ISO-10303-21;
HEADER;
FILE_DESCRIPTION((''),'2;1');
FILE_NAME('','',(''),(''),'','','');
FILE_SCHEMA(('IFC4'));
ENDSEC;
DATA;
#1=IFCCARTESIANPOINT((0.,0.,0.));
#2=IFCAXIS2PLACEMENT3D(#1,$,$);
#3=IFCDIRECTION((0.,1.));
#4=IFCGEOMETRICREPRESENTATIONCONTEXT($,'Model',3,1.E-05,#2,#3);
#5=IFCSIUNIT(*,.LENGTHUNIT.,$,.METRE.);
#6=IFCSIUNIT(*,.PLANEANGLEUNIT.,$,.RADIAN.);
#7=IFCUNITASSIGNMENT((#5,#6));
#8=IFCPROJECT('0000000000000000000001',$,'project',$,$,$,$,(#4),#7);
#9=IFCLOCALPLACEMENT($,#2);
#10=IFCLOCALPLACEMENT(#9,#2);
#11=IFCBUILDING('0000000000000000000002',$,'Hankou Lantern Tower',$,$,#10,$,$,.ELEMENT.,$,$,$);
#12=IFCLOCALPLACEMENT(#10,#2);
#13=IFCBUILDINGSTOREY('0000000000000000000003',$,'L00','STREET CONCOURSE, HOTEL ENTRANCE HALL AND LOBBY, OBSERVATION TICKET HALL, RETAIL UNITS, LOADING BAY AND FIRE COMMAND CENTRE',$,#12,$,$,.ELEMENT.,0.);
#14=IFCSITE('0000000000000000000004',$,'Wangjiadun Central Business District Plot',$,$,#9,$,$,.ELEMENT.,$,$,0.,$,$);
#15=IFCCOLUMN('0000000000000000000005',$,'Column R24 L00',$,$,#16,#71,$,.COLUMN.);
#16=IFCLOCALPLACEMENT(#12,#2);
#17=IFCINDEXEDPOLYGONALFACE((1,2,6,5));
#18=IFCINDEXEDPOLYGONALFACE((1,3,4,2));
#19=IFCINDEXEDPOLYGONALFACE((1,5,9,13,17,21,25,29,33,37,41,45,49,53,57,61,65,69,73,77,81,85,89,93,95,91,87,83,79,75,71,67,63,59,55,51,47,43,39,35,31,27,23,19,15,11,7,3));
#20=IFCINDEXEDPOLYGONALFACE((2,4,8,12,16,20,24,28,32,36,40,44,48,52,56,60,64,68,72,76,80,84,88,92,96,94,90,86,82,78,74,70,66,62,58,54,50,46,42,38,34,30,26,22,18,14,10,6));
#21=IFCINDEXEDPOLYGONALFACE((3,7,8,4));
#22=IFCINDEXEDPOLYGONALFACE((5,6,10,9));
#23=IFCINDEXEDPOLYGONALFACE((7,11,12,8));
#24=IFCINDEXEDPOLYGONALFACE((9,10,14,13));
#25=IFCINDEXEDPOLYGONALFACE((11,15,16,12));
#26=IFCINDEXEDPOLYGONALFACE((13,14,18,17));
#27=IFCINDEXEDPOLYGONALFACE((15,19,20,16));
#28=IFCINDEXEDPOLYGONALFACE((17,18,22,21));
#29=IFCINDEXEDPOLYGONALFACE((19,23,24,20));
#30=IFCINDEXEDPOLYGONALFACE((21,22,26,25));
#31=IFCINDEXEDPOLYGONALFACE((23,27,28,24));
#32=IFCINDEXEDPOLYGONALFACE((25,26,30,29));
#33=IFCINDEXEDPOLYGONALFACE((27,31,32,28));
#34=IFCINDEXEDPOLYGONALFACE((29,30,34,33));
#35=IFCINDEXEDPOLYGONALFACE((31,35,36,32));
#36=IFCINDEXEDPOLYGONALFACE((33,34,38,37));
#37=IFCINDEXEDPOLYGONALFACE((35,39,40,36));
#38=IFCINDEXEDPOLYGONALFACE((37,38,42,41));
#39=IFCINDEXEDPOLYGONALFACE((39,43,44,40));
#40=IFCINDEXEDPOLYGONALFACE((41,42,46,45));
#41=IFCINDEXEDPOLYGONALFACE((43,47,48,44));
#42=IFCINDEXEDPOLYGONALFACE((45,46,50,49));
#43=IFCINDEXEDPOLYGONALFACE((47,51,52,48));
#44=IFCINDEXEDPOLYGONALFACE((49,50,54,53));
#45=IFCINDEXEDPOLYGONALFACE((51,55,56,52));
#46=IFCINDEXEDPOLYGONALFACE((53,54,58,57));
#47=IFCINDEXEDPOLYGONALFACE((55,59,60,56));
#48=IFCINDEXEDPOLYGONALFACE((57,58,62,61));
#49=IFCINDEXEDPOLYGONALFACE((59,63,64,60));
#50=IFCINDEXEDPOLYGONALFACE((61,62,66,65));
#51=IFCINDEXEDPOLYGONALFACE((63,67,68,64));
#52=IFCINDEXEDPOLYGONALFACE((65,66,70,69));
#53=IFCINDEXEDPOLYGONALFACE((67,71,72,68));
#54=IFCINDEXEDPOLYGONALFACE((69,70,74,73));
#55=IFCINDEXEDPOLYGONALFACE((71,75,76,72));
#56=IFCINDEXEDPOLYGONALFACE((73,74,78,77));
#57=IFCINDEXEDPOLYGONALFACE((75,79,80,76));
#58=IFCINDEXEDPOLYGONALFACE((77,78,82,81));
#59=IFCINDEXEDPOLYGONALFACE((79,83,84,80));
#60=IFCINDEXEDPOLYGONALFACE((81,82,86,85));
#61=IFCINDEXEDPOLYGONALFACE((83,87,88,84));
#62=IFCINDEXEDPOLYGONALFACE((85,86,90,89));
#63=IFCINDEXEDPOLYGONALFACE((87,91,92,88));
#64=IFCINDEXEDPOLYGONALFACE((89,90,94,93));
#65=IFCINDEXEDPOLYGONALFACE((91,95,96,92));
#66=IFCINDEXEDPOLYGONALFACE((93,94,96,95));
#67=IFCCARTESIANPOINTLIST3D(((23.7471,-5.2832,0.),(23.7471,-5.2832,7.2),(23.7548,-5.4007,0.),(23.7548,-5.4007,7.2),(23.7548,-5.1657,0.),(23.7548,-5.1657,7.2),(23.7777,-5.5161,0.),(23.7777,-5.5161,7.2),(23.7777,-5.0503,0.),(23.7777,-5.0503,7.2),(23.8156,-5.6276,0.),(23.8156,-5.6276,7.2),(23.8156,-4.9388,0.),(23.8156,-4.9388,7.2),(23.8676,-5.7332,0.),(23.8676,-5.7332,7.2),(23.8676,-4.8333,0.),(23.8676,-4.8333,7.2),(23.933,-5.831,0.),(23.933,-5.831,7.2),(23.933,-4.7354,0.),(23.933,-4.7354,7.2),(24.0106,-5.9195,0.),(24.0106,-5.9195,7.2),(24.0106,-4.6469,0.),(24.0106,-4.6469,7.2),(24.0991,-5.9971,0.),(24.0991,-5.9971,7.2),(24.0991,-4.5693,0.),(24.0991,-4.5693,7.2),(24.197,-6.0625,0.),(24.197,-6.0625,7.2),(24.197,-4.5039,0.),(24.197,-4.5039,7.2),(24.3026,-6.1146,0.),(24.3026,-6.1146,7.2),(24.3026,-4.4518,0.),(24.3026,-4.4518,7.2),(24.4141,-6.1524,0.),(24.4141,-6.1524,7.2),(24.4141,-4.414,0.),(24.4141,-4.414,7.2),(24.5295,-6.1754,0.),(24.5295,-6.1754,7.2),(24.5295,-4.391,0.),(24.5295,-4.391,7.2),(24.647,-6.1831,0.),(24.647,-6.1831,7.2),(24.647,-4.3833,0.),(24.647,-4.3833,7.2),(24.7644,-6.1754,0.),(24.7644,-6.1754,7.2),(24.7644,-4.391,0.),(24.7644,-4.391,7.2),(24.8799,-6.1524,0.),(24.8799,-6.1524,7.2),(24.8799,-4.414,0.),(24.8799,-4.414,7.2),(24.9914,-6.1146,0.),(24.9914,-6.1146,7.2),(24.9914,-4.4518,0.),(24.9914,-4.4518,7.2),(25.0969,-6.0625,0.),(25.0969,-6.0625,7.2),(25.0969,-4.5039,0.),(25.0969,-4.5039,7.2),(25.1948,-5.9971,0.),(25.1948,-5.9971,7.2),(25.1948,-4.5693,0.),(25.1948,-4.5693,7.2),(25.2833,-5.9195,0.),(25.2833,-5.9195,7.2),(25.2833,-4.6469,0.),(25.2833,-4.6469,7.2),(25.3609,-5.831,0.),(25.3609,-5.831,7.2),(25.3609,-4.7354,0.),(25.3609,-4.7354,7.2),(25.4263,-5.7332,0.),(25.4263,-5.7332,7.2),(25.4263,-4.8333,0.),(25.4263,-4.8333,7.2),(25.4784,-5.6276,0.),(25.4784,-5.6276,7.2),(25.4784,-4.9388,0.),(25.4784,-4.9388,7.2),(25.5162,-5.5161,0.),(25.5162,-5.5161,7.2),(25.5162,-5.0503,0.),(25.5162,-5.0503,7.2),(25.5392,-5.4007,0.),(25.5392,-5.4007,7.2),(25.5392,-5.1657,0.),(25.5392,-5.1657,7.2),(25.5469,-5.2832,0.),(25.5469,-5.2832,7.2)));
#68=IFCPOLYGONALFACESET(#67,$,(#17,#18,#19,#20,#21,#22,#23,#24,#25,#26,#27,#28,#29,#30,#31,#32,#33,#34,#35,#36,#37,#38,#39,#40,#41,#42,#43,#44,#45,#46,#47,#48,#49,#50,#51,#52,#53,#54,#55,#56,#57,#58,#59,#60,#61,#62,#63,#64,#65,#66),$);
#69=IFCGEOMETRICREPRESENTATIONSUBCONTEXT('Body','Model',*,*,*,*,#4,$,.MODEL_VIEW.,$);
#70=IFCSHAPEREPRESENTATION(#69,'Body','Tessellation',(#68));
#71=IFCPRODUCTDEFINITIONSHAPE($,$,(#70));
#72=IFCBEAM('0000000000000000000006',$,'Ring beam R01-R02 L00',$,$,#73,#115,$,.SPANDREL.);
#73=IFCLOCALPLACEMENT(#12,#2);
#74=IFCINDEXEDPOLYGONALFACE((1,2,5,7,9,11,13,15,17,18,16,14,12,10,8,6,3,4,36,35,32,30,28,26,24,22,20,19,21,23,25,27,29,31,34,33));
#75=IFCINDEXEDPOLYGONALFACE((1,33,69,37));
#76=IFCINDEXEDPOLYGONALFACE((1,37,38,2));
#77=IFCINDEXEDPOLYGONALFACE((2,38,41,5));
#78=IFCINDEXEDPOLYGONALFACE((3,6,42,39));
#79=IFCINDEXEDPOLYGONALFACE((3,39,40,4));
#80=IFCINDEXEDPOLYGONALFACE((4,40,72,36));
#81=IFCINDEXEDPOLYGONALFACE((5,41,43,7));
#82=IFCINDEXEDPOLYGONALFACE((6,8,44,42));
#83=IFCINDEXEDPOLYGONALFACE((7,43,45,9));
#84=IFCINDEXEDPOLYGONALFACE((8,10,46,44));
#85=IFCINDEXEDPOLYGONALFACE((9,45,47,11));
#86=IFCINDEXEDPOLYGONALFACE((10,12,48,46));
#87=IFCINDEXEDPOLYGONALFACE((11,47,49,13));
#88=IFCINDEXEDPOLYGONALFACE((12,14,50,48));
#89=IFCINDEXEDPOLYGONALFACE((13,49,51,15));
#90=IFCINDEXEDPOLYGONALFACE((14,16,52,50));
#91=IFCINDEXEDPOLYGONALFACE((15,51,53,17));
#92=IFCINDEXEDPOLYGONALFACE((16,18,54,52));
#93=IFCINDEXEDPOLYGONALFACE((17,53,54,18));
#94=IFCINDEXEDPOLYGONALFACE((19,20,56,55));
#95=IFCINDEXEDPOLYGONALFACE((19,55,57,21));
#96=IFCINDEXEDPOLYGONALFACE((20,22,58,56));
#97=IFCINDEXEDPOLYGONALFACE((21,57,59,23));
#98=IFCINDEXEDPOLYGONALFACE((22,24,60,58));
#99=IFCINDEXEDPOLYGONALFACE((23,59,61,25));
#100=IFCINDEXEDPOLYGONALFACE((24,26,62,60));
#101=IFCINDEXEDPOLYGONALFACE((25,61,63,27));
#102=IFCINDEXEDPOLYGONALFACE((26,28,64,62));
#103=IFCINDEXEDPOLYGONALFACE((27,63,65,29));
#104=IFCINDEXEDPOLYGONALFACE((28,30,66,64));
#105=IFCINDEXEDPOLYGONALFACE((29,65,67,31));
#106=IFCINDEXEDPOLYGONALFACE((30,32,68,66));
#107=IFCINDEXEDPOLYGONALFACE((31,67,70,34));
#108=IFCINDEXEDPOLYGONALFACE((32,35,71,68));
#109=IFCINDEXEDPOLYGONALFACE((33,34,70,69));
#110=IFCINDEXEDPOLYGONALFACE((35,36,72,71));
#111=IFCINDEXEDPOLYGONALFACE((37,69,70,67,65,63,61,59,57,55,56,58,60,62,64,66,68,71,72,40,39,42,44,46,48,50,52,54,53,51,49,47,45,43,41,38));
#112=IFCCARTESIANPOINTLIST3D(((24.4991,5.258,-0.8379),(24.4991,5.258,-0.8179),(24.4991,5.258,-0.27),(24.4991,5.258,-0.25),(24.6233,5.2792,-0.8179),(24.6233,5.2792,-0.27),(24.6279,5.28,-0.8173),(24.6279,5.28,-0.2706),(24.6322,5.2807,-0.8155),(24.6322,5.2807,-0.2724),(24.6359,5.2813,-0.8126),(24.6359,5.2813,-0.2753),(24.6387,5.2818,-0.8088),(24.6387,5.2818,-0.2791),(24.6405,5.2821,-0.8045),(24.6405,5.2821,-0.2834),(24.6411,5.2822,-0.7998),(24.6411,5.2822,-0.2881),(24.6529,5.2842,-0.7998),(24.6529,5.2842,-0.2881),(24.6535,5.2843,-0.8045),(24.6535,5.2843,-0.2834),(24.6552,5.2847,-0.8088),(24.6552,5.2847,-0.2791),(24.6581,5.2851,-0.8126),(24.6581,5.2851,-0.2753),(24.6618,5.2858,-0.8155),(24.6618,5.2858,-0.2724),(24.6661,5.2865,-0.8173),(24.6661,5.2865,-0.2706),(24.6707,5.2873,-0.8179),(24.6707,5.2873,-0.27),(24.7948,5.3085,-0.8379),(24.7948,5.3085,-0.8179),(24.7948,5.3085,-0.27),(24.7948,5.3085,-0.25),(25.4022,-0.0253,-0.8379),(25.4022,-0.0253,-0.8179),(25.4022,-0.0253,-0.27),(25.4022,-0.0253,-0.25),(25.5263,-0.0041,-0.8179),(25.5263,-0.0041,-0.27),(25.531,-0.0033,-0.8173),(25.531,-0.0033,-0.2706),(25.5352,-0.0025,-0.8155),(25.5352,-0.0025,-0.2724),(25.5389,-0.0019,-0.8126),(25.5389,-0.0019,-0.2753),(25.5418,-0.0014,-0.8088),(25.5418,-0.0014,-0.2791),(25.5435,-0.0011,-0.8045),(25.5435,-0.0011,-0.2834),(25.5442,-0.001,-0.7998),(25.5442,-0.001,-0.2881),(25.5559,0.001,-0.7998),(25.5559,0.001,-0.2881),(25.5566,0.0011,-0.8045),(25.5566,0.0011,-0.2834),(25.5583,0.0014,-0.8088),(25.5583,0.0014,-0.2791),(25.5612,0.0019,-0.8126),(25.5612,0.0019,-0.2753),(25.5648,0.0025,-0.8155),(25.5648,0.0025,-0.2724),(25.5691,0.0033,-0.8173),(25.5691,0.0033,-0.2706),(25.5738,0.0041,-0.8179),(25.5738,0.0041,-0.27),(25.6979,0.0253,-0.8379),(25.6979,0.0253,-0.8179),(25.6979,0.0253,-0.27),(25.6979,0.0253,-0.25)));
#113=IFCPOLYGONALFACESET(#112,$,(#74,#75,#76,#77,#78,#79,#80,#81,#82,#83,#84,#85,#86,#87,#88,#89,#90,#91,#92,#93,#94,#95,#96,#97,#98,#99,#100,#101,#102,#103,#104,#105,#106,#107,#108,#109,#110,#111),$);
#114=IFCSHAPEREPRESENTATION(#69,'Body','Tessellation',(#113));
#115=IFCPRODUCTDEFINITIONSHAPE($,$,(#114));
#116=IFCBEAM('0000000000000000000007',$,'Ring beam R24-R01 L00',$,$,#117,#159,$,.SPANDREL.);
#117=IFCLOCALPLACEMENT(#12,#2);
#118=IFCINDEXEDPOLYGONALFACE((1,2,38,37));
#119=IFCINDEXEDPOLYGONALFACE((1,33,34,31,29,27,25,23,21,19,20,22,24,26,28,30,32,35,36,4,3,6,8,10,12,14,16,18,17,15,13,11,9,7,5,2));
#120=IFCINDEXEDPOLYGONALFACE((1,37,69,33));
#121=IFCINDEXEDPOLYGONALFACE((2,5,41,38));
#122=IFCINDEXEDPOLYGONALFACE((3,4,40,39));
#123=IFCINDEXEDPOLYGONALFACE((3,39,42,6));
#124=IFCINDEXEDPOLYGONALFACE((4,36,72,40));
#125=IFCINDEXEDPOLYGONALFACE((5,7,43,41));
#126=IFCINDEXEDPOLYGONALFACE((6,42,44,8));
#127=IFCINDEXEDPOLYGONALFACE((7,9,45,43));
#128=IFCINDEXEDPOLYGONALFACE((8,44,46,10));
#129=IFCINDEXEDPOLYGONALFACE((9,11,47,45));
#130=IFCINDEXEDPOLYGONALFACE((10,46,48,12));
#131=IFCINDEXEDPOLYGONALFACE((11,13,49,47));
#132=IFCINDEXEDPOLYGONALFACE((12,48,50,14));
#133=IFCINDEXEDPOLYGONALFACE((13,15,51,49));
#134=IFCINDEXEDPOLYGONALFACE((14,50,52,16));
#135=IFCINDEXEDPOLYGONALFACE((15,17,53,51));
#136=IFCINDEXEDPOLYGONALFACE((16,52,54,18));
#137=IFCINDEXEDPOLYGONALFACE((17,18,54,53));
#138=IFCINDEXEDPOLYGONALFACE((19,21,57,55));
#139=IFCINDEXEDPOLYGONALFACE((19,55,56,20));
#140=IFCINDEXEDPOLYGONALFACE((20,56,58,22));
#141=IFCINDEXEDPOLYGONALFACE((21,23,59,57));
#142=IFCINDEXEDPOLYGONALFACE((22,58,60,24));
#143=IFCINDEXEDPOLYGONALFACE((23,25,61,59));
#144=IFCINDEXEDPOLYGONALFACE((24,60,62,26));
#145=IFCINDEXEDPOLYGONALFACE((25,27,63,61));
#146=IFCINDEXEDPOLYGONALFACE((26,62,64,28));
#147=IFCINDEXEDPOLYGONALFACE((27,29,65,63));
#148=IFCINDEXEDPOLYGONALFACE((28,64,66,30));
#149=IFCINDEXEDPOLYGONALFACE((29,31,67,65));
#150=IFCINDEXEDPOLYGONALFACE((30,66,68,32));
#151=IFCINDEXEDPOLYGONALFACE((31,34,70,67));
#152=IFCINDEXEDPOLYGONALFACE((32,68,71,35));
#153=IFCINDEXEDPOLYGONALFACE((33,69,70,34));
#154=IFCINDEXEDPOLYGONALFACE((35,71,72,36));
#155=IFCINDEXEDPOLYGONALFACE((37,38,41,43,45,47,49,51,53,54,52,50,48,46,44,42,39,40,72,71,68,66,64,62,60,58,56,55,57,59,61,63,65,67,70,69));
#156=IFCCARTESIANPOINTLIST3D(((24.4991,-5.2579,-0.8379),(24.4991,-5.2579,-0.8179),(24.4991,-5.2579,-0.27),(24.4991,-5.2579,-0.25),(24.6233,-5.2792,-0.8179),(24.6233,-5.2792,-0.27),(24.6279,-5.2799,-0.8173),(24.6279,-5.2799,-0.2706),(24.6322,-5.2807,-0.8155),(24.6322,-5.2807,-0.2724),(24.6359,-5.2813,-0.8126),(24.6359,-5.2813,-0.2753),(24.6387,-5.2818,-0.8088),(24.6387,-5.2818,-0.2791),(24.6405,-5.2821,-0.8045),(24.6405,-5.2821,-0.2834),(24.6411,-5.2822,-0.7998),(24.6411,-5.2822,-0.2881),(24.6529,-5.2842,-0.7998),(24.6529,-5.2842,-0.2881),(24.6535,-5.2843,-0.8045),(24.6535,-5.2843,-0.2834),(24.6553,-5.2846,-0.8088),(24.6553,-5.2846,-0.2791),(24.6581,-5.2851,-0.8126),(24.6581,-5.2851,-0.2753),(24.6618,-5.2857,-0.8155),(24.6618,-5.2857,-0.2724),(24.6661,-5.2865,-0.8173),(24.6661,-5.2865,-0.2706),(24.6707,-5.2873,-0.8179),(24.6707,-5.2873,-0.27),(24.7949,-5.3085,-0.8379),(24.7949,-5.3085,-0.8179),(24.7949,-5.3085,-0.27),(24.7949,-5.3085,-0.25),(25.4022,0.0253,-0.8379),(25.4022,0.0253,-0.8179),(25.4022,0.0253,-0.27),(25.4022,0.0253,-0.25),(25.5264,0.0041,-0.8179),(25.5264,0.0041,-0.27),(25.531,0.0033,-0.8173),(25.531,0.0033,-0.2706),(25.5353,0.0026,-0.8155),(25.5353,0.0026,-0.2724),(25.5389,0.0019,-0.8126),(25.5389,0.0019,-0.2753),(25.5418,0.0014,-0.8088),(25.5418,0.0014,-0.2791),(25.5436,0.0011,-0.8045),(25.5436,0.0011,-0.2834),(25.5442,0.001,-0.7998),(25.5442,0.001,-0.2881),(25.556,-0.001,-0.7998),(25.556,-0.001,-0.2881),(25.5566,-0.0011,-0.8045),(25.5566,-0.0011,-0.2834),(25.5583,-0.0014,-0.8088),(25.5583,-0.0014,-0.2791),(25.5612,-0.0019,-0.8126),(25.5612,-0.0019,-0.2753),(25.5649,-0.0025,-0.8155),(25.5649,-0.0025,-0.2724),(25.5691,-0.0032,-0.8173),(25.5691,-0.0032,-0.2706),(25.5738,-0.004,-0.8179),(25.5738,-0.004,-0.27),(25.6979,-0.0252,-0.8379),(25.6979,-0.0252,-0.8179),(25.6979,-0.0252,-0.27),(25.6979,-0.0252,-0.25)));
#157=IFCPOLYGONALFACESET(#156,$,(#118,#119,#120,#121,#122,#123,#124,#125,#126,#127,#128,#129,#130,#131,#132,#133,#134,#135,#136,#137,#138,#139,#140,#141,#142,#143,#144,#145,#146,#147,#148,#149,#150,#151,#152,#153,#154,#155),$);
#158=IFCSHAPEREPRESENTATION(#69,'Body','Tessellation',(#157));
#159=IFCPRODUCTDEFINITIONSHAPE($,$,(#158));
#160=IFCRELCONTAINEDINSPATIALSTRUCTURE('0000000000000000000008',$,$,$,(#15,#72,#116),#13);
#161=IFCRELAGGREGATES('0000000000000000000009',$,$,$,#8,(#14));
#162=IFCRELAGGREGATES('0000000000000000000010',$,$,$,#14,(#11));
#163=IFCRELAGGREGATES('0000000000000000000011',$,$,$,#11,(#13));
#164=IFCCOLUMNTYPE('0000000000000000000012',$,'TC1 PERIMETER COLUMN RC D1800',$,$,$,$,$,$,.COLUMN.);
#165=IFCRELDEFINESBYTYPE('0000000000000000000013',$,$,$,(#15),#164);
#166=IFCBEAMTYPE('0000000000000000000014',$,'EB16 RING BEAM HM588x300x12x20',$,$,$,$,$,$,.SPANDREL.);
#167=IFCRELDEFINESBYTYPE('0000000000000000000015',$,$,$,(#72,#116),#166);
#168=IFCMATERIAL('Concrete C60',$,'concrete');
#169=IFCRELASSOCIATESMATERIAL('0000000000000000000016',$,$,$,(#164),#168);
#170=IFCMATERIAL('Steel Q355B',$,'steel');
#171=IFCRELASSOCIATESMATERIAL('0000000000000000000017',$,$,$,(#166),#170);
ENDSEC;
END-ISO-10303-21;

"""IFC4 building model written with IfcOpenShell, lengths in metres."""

from ifc_helpers import new_model, si_unit, direction, frame, origin, origin_2d, place, context, subcontext, project, spatial, circle, i_section, extrude, material, material_profile, profile_set, type_object, element, save


model = new_model("IFC4")

# Units and contexts
model_context = context("Model", 3, precision=1e-05, world=origin(), true_north=direction((0.0, 1.0)))
body_context = subcontext(model_context, "Body", "Model", "MODEL_VIEW")
ifc_project = project(units=[si_unit("LENGTHUNIT", "METRE"), si_unit("PLANEANGLEUNIT", "RADIAN")], contexts=[model_context])

# Site, building, storey
site_placement = place(None, origin())
site = spatial("IfcSite", under=ifc_project, at=site_placement, Name="Wangjiadun Central Business District Plot", CompositionType="ELEMENT", RefElevation=0.0)
building_placement = place(site_placement, origin())
building = spatial("IfcBuilding", under=site, at=building_placement, Name="Hankou Lantern Tower", CompositionType="ELEMENT")
storey_placement = place(building_placement, origin())
storey = spatial("IfcBuildingStorey", under=building, at=storey_placement, Name="L00", Description="STREET CONCOURSE, HOTEL ENTRANCE HALL AND LOBBY, OBSERVATION TICKET HALL, RETAIL UNITS, LOADING BAY AND FIRE COMMAND CENTRE", CompositionType="ELEMENT", Elevation=0.0)

# Column
ifc_material_1 = material(Name="Concrete C60", Category="concrete")
ifc_material_profile_1 = material_profile(ifc_material_1, circle(Radius=0.8999, at=origin_2d()), Name="RC D1800")
ifc_profile_set_1 = profile_set([ifc_material_profile_1], Name="Concrete C60")
column_type_1 = type_object("IfcColumnType", Name="TC1 PERIMETER COLUMN RC D1800", PredefinedType="COLUMN", material=ifc_profile_set_1)
for number, where, z_axis, x_axis, name in (
    (1, (24.647, -5.2832, 0.0), (0.0, 0.0, 1.0), (1.0, 0.0, 0.0), "Column R24 L00"),
):
    element("IfcColumn", number, at=place(storey_placement, frame(where, z_axis=z_axis, x_axis=x_axis)), inside=storey, type_object=column_type_1, Name=name, PredefinedType="COLUMN", context=body_context, shape_type="SweptSolid", body=[
        extrude(circle(Radius=0.8999, at=origin_2d()), origin(), (0.0, 0.0, 1.0), 7.2),
    ])

# Beams
ifc_material_2 = material(Name="Steel Q355B", Category="steel")
ifc_material_profile_2 = material_profile(ifc_material_2, i_section(OverallWidth=0.3, OverallDepth=0.5879, WebThickness=0.012, FlangeThickness=0.02, FilletRadius=0.0181, at=origin_2d()), Name="HM588x300x12x20")
ifc_profile_set_2 = profile_set([ifc_material_profile_2], Name="Steel Q355B")
beam_type_1 = type_object("IfcBeamType", Name="EB16 RING BEAM HM588x300x12x20", PredefinedType="SPANDREL", material=ifc_profile_set_2)
for number, where, z_axis, x_axis, name in (
    (2, (25.55, 0.0, -0.5439), (-0.16849, 0.985703, 0.0), (-0.985703, -0.16849, 0.0), "Ring beam R01-R02 L00"),
    (3, (24.647, -5.2832, -0.5439), (0.16849, 0.985703, 0.0), (-0.985703, 0.16849, 0.0), "Ring beam R24-R01 L00"),
):
    element("IfcBeam", number, at=place(storey_placement, frame(where, z_axis=z_axis, x_axis=x_axis)), inside=storey, type_object=beam_type_1, Name=name, PredefinedType="SPANDREL", context=body_context, shape_type="SweptSolid", body=[
        extrude(i_section(OverallWidth=0.3, OverallDepth=0.5879, WebThickness=0.012, FlangeThickness=0.02, FilletRadius=0.0181, at=origin_2d()), origin(), (0.0, 0.0, 1.0), 5.3599),
    ])

save(model, "model.ifc")
